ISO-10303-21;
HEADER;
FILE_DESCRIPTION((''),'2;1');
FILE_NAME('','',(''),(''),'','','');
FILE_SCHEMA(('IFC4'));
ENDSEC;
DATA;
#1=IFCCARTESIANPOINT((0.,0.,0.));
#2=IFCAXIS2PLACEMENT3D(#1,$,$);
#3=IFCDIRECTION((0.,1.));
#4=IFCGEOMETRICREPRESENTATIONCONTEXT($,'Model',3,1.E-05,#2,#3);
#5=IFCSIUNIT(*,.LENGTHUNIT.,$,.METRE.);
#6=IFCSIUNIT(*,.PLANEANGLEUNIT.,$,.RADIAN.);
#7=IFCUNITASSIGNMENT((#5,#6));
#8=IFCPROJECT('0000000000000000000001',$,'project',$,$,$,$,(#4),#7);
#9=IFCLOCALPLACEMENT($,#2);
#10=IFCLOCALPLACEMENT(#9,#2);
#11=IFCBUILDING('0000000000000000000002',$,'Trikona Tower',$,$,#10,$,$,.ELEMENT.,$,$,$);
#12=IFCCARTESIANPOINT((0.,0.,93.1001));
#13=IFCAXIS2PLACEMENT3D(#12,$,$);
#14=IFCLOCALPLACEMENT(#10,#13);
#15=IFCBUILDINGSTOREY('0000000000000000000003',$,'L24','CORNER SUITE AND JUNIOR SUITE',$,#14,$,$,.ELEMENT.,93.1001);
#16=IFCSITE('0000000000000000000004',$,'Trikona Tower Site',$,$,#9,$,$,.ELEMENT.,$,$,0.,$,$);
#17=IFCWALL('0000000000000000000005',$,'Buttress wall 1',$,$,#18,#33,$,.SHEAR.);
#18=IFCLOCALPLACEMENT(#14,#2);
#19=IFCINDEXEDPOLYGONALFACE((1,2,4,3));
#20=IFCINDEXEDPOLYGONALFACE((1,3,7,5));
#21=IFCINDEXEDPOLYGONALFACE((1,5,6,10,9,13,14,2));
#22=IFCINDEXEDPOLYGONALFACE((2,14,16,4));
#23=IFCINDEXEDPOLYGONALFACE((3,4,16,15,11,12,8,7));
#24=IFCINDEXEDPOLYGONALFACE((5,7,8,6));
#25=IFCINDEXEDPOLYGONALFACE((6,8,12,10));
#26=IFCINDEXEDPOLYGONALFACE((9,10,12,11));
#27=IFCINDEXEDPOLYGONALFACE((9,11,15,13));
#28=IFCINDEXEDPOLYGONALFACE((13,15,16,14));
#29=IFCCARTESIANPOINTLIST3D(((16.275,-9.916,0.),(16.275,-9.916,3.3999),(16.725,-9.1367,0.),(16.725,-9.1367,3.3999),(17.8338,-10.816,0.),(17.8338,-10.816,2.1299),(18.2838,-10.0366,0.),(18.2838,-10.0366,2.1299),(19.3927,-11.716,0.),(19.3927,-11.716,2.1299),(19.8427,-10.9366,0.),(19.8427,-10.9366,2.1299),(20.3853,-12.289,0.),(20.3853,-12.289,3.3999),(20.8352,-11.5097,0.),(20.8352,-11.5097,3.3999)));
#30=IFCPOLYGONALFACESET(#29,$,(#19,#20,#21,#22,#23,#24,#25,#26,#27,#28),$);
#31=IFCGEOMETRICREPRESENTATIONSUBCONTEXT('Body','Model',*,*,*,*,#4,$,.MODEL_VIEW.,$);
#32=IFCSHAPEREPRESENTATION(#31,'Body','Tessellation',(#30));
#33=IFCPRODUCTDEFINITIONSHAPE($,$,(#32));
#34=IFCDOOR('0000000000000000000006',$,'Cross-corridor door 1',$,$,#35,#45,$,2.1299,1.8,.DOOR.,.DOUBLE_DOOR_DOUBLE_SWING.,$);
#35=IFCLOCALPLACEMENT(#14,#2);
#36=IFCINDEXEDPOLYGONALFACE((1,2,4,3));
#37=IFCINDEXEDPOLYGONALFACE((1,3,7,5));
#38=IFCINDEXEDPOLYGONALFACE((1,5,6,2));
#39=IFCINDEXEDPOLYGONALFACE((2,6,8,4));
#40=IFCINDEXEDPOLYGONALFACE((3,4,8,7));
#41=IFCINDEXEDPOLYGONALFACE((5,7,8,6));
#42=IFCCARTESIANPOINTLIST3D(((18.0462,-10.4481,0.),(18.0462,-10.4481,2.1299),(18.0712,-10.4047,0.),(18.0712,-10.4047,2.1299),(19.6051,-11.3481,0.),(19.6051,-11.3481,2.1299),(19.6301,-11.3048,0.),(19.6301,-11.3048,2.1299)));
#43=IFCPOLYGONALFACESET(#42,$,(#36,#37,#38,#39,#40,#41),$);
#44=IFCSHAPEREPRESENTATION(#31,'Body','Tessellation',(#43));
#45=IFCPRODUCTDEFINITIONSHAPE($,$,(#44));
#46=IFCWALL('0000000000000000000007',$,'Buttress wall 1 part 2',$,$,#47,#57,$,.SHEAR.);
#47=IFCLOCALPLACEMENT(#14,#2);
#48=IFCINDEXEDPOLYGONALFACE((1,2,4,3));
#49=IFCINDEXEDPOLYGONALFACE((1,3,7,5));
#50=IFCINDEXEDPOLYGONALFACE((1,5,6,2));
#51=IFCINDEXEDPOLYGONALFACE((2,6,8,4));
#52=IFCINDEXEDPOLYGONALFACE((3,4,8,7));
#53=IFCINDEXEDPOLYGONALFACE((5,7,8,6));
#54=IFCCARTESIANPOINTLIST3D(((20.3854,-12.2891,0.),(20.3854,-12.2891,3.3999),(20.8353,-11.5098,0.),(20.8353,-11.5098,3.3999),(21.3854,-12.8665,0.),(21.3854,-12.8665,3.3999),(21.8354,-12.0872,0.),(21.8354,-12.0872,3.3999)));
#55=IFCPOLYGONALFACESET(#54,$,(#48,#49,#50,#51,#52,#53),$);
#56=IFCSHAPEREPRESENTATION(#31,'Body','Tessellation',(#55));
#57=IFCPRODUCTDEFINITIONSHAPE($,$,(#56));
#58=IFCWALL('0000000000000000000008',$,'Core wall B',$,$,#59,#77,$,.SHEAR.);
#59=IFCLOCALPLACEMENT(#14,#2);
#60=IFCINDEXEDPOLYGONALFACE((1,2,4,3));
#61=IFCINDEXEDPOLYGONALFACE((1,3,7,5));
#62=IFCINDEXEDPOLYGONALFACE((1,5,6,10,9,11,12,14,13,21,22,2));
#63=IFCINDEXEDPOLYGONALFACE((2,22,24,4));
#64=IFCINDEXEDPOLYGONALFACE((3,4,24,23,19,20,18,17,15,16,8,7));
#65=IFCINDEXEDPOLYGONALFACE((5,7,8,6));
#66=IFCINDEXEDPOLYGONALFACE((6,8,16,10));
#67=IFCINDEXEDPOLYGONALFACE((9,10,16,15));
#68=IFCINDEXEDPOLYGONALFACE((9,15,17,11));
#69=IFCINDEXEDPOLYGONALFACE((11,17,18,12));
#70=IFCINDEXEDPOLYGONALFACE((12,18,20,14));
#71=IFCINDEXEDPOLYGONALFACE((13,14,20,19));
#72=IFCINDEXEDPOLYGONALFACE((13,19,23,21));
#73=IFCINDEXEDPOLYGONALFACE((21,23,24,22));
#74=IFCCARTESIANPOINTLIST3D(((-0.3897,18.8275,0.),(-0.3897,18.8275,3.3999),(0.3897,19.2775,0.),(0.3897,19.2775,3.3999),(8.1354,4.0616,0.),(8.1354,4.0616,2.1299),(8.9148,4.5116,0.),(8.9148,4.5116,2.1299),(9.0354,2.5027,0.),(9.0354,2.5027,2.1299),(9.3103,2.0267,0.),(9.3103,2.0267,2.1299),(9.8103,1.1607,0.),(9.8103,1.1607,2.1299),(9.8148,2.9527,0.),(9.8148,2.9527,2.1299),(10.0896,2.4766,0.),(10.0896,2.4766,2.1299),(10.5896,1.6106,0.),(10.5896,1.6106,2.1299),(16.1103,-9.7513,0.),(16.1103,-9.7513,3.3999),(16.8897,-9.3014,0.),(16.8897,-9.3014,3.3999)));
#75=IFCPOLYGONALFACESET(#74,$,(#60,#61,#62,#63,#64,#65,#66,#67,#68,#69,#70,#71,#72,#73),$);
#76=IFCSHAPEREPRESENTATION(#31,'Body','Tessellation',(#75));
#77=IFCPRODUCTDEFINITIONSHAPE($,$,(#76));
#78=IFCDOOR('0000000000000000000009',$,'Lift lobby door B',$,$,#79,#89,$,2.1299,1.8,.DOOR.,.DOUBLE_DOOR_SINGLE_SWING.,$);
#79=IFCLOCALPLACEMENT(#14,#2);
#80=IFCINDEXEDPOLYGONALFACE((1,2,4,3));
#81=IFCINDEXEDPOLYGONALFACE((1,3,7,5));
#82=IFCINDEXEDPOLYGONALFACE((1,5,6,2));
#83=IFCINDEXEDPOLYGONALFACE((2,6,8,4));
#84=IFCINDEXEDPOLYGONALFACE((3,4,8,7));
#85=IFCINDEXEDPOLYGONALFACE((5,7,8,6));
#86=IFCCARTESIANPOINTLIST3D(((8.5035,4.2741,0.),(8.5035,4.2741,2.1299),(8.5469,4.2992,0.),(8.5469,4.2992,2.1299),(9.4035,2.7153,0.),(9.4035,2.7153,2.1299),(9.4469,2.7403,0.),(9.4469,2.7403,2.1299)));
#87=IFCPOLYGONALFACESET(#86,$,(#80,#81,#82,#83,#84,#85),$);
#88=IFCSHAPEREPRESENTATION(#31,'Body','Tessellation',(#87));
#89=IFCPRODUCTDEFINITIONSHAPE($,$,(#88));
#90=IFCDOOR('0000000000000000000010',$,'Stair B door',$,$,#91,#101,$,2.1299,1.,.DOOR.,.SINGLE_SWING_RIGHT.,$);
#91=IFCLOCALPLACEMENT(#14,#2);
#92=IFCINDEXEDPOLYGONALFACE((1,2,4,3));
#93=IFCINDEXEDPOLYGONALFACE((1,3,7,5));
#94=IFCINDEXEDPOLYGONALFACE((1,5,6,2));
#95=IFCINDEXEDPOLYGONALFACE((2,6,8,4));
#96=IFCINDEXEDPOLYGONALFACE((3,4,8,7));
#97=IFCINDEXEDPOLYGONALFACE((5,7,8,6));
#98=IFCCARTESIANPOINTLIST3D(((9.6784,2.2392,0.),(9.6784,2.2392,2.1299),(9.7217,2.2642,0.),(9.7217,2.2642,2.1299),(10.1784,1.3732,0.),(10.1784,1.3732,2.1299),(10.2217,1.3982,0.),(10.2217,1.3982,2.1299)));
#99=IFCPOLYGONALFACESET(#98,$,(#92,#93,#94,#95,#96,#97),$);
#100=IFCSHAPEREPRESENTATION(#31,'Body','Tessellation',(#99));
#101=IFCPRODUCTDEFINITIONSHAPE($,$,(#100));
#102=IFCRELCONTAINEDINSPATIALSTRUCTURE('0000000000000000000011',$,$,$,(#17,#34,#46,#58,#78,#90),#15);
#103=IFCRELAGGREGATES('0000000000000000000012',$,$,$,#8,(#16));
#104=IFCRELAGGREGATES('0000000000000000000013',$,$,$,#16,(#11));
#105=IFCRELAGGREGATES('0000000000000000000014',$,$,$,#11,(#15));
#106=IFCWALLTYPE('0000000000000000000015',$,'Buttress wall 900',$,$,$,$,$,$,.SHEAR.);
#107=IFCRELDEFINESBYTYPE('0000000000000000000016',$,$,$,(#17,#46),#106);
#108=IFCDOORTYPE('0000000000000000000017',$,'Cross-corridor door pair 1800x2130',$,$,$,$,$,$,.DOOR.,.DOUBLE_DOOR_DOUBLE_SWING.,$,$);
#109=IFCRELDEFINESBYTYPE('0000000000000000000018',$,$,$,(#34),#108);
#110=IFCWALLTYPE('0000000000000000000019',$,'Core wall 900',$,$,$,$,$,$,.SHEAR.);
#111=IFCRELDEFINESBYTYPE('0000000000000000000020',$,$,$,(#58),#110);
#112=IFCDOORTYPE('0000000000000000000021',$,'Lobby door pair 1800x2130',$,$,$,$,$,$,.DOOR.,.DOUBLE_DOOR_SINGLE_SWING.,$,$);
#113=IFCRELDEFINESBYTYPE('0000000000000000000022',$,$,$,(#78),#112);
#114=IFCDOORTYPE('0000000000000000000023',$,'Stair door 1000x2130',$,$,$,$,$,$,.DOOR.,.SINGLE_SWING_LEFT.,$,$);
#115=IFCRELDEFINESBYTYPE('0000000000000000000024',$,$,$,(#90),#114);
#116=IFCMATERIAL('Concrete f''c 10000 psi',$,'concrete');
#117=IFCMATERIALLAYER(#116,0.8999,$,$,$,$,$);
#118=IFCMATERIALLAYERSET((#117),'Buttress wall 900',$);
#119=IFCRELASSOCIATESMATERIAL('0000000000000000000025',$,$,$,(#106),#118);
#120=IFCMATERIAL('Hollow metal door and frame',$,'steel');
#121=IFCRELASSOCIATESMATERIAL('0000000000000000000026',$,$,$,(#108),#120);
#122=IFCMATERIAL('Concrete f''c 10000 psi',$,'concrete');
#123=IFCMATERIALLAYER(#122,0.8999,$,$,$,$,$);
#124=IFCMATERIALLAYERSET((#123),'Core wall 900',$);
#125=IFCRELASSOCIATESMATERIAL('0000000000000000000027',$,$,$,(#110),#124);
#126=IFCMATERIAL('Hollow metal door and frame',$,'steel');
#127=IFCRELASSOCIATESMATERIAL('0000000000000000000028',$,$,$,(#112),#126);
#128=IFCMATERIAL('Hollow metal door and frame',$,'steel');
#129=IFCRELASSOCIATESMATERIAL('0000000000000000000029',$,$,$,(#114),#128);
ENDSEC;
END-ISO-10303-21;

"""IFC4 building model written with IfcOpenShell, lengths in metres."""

from ifc_helpers import new_model, si_unit, direction, frame, frame_2d, origin, place, context, subcontext, project, spatial, rectangle, extrude, material, layer, layer_set, type_object, element, fill, save


model = new_model("IFC4")

# Units and contexts
model_context = context("Model", 3, precision=1e-05, world=origin(), true_north=direction((0.0, 1.0)))
body_context = subcontext(model_context, "Body", "Model", "MODEL_VIEW")
ifc_project = project(units=[si_unit("LENGTHUNIT", "METRE"), si_unit("PLANEANGLEUNIT", "RADIAN")], contexts=[model_context])

# Site, building, storey
site_placement = place(None, origin())
site = spatial("IfcSite", under=ifc_project, at=site_placement, Name="Trikona Tower Site", CompositionType="ELEMENT", RefElevation=0.0)
building_placement = place(site_placement, origin())
building = spatial("IfcBuilding", under=site, at=building_placement, Name="Trikona Tower", CompositionType="ELEMENT")
storey_placement = place(building_placement, frame((0.0, 0.0, 93.1001)))
storey = spatial("IfcBuildingStorey", under=building, at=storey_placement, Name="L24", Description="CORNER SUITE AND JUNIOR SUITE", CompositionType="ELEMENT", Elevation=93.1001)

# Wall, opening, door
ifc_material_1 = material(Name="Concrete f'c 10000 psi", Category="concrete")
ifc_layer_1 = layer(ifc_material_1, 0.8999)
ifc_layer_set_1 = layer_set([ifc_layer_1], Name="Buttress wall 900")
wall_type_1 = type_object("IfcWallType", Name="Buttress wall 900", PredefinedType="SHEAR", material=ifc_layer_set_1)
wall_1_placement = place(storey_placement, frame((16.5, -9.5264, 0.0), z_axis=(0.0, 0.0, 1.0), x_axis=(0.866031, -0.49999, 0.0)))
wall_1 = element("IfcWall", 1, at=wall_1_placement, inside=storey, type_object=wall_type_1, Name="Buttress wall 1", PredefinedType="SHEAR", context=body_context, shape_type="SweptSolid", body=[
    extrude(rectangle(XDim=4.7461, YDim=0.8999, at=frame_2d((2.373, 0.0))), origin(), (0.0, 0.0, 1.0), 3.3999),
])
opening_1_placement = place(wall_1_placement, frame((1.8, 0.0, 0.0)))
opening_1 = element("IfcOpeningElement", 2, at=opening_1_placement, cuts=wall_1, PredefinedType="OPENING", context=body_context, shape_type="SweptSolid", body=[
    extrude(rectangle(XDim=1.8, YDim=2.1299, at=frame_2d((0.8999, 1.0649))), frame((0.0, 0.46, 0.0), z_axis=(0.0, -1.0, 0.0), x_axis=(1.0, 0.0, 0.0)), (0.0, 0.0, 1.0), 0.9199),
])
ifc_material_2 = material(Name="Hollow metal door and frame", Category="steel")
door_type_1 = type_object("IfcDoorType", Name="Cross-corridor door pair 1800x2130", OperationType="DOUBLE_DOOR_DOUBLE_SWING", PredefinedType="DOOR", material=ifc_material_2)
door_1_placement = place(opening_1_placement, origin())
door_1 = element("IfcDoor", 3, at=door_1_placement, inside=storey, type_object=door_type_1, Name="Cross-corridor door 1", OperationType="DOUBLE_DOOR_DOUBLE_SWING", OverallHeight=2.1299, OverallWidth=1.8, PredefinedType="DOOR", context=body_context, shape_type="SweptSolid", body=[
    extrude(rectangle(XDim=1.8, YDim=2.1299, at=frame_2d((0.8999, 1.0649))), frame((0.0, 0.0249, 0.0), z_axis=(0.0, -1.0, 0.0), x_axis=(1.0, 0.0, 0.0)), (0.0, 0.0, 1.0), 0.05),
])
fill(opening_1, door_1)

# Wall
wall_2_placement = place(storey_placement, frame((20.6104, -11.8994, 0.0), z_axis=(0.0, 0.0, 1.0), x_axis=(0.86601, -0.500027, 0.0)))
element("IfcWall", 4, at=wall_2_placement, inside=storey, type_object=wall_type_1, Name="Buttress wall 1 part 2", PredefinedType="SHEAR", context=body_context, shape_type="SweptSolid", body=[
    extrude(rectangle(XDim=1.1548, YDim=0.8999, at=frame_2d((0.5774, 0.0))), origin(), (0.0, 0.0, 1.0), 3.3999),
])

# Wall, openings, doors
ifc_material_3 = material(Name="Concrete f'c 10000 psi", Category="concrete")
ifc_layer_2 = layer(ifc_material_3, 0.8999)
ifc_layer_set_2 = layer_set([ifc_layer_2], Name="Core wall 900")
wall_type_2 = type_object("IfcWallType", Name="Core wall 900", PredefinedType="SHEAR", material=ifc_layer_set_2)
wall_3_placement = place(storey_placement, frame((16.5, -9.5264, 0.0), z_axis=(0.0, 0.0, 1.0), x_axis=(-0.5, 0.866026, 0.0)))
wall_3 = element("IfcWall", 5, at=wall_3_placement, inside=storey, type_object=wall_type_2, Name="Core wall B", PredefinedType="SHEAR", context=body_context, shape_type="SweptSolid", body=[
    extrude(rectangle(XDim=33.0, YDim=0.8999, at=frame_2d((16.5, 0.0))), origin(), (0.0, 0.0, 1.0), 3.3999),
])
opening_2_placement = place(wall_3_placement, frame((14.1499, 0.0, 0.0)))
opening_2 = element("IfcOpeningElement", 6, at=opening_2_placement, cuts=wall_3, PredefinedType="OPENING", context=body_context, shape_type="SweptSolid", body=[
    extrude(rectangle(XDim=1.8, YDim=2.1299, at=frame_2d((0.8999, 1.0649))), frame((0.0, 0.46, 0.0), z_axis=(0.0, -1.0, 0.0), x_axis=(1.0, 0.0, 0.0)), (0.0, 0.0, 1.0), 0.9199),
])
opening_3_placement = place(wall_3_placement, frame((12.6001, 0.0, 0.0)))
opening_3 = element("IfcOpeningElement", 7, at=opening_3_placement, cuts=wall_3, PredefinedType="OPENING", context=body_context, shape_type="SweptSolid", body=[
    extrude(rectangle(XDim=1.0, YDim=2.1299, at=frame_2d((0.5, 1.0649))), frame((0.0, 0.46, 0.0), z_axis=(0.0, -1.0, 0.0), x_axis=(1.0, 0.0, 0.0)), (0.0, 0.0, 1.0), 0.9199),
])
ifc_material_4 = material(Name="Hollow metal door and frame", Category="steel")
door_type_2 = type_object("IfcDoorType", Name="Lobby door pair 1800x2130", OperationType="DOUBLE_DOOR_SINGLE_SWING", PredefinedType="DOOR", material=ifc_material_4)
door_2_placement = place(opening_2_placement, origin())
door_2 = element("IfcDoor", 8, at=door_2_placement, inside=storey, type_object=door_type_2, Name="Lift lobby door B", OperationType="DOUBLE_DOOR_SINGLE_SWING", OverallHeight=2.1299, OverallWidth=1.8, PredefinedType="DOOR", context=body_context, shape_type="SweptSolid", body=[
    extrude(rectangle(XDim=1.8, YDim=2.1299, at=frame_2d((0.8999, 1.0649))), frame((0.0, 0.0249, 0.0), z_axis=(0.0, -1.0, 0.0), x_axis=(1.0, 0.0, 0.0)), (0.0, 0.0, 1.0), 0.05),
])
fill(opening_2, door_2)
ifc_material_5 = material(Name="Hollow metal door and frame", Category="steel")
door_type_3 = type_object("IfcDoorType", Name="Stair door 1000x2130", OperationType="SINGLE_SWING_LEFT", PredefinedType="DOOR", material=ifc_material_5)
door_3_placement = place(opening_3_placement, origin())
door_3 = element("IfcDoor", 9, at=door_3_placement, inside=storey, type_object=door_type_3, Name="Stair B door", OperationType="SINGLE_SWING_RIGHT", OverallHeight=2.1299, OverallWidth=1.0, PredefinedType="DOOR", context=body_context, shape_type="SweptSolid", body=[
    extrude(rectangle(XDim=1.0, YDim=2.1299, at=frame_2d((0.5, 1.0649))), frame((0.0, 0.0249, 0.0), z_axis=(0.0, -1.0, 0.0), x_axis=(1.0, 0.0, 0.0)), (0.0, 0.0, 1.0), 0.05),
])
fill(opening_3, door_3)

save(model, "model.ifc")
